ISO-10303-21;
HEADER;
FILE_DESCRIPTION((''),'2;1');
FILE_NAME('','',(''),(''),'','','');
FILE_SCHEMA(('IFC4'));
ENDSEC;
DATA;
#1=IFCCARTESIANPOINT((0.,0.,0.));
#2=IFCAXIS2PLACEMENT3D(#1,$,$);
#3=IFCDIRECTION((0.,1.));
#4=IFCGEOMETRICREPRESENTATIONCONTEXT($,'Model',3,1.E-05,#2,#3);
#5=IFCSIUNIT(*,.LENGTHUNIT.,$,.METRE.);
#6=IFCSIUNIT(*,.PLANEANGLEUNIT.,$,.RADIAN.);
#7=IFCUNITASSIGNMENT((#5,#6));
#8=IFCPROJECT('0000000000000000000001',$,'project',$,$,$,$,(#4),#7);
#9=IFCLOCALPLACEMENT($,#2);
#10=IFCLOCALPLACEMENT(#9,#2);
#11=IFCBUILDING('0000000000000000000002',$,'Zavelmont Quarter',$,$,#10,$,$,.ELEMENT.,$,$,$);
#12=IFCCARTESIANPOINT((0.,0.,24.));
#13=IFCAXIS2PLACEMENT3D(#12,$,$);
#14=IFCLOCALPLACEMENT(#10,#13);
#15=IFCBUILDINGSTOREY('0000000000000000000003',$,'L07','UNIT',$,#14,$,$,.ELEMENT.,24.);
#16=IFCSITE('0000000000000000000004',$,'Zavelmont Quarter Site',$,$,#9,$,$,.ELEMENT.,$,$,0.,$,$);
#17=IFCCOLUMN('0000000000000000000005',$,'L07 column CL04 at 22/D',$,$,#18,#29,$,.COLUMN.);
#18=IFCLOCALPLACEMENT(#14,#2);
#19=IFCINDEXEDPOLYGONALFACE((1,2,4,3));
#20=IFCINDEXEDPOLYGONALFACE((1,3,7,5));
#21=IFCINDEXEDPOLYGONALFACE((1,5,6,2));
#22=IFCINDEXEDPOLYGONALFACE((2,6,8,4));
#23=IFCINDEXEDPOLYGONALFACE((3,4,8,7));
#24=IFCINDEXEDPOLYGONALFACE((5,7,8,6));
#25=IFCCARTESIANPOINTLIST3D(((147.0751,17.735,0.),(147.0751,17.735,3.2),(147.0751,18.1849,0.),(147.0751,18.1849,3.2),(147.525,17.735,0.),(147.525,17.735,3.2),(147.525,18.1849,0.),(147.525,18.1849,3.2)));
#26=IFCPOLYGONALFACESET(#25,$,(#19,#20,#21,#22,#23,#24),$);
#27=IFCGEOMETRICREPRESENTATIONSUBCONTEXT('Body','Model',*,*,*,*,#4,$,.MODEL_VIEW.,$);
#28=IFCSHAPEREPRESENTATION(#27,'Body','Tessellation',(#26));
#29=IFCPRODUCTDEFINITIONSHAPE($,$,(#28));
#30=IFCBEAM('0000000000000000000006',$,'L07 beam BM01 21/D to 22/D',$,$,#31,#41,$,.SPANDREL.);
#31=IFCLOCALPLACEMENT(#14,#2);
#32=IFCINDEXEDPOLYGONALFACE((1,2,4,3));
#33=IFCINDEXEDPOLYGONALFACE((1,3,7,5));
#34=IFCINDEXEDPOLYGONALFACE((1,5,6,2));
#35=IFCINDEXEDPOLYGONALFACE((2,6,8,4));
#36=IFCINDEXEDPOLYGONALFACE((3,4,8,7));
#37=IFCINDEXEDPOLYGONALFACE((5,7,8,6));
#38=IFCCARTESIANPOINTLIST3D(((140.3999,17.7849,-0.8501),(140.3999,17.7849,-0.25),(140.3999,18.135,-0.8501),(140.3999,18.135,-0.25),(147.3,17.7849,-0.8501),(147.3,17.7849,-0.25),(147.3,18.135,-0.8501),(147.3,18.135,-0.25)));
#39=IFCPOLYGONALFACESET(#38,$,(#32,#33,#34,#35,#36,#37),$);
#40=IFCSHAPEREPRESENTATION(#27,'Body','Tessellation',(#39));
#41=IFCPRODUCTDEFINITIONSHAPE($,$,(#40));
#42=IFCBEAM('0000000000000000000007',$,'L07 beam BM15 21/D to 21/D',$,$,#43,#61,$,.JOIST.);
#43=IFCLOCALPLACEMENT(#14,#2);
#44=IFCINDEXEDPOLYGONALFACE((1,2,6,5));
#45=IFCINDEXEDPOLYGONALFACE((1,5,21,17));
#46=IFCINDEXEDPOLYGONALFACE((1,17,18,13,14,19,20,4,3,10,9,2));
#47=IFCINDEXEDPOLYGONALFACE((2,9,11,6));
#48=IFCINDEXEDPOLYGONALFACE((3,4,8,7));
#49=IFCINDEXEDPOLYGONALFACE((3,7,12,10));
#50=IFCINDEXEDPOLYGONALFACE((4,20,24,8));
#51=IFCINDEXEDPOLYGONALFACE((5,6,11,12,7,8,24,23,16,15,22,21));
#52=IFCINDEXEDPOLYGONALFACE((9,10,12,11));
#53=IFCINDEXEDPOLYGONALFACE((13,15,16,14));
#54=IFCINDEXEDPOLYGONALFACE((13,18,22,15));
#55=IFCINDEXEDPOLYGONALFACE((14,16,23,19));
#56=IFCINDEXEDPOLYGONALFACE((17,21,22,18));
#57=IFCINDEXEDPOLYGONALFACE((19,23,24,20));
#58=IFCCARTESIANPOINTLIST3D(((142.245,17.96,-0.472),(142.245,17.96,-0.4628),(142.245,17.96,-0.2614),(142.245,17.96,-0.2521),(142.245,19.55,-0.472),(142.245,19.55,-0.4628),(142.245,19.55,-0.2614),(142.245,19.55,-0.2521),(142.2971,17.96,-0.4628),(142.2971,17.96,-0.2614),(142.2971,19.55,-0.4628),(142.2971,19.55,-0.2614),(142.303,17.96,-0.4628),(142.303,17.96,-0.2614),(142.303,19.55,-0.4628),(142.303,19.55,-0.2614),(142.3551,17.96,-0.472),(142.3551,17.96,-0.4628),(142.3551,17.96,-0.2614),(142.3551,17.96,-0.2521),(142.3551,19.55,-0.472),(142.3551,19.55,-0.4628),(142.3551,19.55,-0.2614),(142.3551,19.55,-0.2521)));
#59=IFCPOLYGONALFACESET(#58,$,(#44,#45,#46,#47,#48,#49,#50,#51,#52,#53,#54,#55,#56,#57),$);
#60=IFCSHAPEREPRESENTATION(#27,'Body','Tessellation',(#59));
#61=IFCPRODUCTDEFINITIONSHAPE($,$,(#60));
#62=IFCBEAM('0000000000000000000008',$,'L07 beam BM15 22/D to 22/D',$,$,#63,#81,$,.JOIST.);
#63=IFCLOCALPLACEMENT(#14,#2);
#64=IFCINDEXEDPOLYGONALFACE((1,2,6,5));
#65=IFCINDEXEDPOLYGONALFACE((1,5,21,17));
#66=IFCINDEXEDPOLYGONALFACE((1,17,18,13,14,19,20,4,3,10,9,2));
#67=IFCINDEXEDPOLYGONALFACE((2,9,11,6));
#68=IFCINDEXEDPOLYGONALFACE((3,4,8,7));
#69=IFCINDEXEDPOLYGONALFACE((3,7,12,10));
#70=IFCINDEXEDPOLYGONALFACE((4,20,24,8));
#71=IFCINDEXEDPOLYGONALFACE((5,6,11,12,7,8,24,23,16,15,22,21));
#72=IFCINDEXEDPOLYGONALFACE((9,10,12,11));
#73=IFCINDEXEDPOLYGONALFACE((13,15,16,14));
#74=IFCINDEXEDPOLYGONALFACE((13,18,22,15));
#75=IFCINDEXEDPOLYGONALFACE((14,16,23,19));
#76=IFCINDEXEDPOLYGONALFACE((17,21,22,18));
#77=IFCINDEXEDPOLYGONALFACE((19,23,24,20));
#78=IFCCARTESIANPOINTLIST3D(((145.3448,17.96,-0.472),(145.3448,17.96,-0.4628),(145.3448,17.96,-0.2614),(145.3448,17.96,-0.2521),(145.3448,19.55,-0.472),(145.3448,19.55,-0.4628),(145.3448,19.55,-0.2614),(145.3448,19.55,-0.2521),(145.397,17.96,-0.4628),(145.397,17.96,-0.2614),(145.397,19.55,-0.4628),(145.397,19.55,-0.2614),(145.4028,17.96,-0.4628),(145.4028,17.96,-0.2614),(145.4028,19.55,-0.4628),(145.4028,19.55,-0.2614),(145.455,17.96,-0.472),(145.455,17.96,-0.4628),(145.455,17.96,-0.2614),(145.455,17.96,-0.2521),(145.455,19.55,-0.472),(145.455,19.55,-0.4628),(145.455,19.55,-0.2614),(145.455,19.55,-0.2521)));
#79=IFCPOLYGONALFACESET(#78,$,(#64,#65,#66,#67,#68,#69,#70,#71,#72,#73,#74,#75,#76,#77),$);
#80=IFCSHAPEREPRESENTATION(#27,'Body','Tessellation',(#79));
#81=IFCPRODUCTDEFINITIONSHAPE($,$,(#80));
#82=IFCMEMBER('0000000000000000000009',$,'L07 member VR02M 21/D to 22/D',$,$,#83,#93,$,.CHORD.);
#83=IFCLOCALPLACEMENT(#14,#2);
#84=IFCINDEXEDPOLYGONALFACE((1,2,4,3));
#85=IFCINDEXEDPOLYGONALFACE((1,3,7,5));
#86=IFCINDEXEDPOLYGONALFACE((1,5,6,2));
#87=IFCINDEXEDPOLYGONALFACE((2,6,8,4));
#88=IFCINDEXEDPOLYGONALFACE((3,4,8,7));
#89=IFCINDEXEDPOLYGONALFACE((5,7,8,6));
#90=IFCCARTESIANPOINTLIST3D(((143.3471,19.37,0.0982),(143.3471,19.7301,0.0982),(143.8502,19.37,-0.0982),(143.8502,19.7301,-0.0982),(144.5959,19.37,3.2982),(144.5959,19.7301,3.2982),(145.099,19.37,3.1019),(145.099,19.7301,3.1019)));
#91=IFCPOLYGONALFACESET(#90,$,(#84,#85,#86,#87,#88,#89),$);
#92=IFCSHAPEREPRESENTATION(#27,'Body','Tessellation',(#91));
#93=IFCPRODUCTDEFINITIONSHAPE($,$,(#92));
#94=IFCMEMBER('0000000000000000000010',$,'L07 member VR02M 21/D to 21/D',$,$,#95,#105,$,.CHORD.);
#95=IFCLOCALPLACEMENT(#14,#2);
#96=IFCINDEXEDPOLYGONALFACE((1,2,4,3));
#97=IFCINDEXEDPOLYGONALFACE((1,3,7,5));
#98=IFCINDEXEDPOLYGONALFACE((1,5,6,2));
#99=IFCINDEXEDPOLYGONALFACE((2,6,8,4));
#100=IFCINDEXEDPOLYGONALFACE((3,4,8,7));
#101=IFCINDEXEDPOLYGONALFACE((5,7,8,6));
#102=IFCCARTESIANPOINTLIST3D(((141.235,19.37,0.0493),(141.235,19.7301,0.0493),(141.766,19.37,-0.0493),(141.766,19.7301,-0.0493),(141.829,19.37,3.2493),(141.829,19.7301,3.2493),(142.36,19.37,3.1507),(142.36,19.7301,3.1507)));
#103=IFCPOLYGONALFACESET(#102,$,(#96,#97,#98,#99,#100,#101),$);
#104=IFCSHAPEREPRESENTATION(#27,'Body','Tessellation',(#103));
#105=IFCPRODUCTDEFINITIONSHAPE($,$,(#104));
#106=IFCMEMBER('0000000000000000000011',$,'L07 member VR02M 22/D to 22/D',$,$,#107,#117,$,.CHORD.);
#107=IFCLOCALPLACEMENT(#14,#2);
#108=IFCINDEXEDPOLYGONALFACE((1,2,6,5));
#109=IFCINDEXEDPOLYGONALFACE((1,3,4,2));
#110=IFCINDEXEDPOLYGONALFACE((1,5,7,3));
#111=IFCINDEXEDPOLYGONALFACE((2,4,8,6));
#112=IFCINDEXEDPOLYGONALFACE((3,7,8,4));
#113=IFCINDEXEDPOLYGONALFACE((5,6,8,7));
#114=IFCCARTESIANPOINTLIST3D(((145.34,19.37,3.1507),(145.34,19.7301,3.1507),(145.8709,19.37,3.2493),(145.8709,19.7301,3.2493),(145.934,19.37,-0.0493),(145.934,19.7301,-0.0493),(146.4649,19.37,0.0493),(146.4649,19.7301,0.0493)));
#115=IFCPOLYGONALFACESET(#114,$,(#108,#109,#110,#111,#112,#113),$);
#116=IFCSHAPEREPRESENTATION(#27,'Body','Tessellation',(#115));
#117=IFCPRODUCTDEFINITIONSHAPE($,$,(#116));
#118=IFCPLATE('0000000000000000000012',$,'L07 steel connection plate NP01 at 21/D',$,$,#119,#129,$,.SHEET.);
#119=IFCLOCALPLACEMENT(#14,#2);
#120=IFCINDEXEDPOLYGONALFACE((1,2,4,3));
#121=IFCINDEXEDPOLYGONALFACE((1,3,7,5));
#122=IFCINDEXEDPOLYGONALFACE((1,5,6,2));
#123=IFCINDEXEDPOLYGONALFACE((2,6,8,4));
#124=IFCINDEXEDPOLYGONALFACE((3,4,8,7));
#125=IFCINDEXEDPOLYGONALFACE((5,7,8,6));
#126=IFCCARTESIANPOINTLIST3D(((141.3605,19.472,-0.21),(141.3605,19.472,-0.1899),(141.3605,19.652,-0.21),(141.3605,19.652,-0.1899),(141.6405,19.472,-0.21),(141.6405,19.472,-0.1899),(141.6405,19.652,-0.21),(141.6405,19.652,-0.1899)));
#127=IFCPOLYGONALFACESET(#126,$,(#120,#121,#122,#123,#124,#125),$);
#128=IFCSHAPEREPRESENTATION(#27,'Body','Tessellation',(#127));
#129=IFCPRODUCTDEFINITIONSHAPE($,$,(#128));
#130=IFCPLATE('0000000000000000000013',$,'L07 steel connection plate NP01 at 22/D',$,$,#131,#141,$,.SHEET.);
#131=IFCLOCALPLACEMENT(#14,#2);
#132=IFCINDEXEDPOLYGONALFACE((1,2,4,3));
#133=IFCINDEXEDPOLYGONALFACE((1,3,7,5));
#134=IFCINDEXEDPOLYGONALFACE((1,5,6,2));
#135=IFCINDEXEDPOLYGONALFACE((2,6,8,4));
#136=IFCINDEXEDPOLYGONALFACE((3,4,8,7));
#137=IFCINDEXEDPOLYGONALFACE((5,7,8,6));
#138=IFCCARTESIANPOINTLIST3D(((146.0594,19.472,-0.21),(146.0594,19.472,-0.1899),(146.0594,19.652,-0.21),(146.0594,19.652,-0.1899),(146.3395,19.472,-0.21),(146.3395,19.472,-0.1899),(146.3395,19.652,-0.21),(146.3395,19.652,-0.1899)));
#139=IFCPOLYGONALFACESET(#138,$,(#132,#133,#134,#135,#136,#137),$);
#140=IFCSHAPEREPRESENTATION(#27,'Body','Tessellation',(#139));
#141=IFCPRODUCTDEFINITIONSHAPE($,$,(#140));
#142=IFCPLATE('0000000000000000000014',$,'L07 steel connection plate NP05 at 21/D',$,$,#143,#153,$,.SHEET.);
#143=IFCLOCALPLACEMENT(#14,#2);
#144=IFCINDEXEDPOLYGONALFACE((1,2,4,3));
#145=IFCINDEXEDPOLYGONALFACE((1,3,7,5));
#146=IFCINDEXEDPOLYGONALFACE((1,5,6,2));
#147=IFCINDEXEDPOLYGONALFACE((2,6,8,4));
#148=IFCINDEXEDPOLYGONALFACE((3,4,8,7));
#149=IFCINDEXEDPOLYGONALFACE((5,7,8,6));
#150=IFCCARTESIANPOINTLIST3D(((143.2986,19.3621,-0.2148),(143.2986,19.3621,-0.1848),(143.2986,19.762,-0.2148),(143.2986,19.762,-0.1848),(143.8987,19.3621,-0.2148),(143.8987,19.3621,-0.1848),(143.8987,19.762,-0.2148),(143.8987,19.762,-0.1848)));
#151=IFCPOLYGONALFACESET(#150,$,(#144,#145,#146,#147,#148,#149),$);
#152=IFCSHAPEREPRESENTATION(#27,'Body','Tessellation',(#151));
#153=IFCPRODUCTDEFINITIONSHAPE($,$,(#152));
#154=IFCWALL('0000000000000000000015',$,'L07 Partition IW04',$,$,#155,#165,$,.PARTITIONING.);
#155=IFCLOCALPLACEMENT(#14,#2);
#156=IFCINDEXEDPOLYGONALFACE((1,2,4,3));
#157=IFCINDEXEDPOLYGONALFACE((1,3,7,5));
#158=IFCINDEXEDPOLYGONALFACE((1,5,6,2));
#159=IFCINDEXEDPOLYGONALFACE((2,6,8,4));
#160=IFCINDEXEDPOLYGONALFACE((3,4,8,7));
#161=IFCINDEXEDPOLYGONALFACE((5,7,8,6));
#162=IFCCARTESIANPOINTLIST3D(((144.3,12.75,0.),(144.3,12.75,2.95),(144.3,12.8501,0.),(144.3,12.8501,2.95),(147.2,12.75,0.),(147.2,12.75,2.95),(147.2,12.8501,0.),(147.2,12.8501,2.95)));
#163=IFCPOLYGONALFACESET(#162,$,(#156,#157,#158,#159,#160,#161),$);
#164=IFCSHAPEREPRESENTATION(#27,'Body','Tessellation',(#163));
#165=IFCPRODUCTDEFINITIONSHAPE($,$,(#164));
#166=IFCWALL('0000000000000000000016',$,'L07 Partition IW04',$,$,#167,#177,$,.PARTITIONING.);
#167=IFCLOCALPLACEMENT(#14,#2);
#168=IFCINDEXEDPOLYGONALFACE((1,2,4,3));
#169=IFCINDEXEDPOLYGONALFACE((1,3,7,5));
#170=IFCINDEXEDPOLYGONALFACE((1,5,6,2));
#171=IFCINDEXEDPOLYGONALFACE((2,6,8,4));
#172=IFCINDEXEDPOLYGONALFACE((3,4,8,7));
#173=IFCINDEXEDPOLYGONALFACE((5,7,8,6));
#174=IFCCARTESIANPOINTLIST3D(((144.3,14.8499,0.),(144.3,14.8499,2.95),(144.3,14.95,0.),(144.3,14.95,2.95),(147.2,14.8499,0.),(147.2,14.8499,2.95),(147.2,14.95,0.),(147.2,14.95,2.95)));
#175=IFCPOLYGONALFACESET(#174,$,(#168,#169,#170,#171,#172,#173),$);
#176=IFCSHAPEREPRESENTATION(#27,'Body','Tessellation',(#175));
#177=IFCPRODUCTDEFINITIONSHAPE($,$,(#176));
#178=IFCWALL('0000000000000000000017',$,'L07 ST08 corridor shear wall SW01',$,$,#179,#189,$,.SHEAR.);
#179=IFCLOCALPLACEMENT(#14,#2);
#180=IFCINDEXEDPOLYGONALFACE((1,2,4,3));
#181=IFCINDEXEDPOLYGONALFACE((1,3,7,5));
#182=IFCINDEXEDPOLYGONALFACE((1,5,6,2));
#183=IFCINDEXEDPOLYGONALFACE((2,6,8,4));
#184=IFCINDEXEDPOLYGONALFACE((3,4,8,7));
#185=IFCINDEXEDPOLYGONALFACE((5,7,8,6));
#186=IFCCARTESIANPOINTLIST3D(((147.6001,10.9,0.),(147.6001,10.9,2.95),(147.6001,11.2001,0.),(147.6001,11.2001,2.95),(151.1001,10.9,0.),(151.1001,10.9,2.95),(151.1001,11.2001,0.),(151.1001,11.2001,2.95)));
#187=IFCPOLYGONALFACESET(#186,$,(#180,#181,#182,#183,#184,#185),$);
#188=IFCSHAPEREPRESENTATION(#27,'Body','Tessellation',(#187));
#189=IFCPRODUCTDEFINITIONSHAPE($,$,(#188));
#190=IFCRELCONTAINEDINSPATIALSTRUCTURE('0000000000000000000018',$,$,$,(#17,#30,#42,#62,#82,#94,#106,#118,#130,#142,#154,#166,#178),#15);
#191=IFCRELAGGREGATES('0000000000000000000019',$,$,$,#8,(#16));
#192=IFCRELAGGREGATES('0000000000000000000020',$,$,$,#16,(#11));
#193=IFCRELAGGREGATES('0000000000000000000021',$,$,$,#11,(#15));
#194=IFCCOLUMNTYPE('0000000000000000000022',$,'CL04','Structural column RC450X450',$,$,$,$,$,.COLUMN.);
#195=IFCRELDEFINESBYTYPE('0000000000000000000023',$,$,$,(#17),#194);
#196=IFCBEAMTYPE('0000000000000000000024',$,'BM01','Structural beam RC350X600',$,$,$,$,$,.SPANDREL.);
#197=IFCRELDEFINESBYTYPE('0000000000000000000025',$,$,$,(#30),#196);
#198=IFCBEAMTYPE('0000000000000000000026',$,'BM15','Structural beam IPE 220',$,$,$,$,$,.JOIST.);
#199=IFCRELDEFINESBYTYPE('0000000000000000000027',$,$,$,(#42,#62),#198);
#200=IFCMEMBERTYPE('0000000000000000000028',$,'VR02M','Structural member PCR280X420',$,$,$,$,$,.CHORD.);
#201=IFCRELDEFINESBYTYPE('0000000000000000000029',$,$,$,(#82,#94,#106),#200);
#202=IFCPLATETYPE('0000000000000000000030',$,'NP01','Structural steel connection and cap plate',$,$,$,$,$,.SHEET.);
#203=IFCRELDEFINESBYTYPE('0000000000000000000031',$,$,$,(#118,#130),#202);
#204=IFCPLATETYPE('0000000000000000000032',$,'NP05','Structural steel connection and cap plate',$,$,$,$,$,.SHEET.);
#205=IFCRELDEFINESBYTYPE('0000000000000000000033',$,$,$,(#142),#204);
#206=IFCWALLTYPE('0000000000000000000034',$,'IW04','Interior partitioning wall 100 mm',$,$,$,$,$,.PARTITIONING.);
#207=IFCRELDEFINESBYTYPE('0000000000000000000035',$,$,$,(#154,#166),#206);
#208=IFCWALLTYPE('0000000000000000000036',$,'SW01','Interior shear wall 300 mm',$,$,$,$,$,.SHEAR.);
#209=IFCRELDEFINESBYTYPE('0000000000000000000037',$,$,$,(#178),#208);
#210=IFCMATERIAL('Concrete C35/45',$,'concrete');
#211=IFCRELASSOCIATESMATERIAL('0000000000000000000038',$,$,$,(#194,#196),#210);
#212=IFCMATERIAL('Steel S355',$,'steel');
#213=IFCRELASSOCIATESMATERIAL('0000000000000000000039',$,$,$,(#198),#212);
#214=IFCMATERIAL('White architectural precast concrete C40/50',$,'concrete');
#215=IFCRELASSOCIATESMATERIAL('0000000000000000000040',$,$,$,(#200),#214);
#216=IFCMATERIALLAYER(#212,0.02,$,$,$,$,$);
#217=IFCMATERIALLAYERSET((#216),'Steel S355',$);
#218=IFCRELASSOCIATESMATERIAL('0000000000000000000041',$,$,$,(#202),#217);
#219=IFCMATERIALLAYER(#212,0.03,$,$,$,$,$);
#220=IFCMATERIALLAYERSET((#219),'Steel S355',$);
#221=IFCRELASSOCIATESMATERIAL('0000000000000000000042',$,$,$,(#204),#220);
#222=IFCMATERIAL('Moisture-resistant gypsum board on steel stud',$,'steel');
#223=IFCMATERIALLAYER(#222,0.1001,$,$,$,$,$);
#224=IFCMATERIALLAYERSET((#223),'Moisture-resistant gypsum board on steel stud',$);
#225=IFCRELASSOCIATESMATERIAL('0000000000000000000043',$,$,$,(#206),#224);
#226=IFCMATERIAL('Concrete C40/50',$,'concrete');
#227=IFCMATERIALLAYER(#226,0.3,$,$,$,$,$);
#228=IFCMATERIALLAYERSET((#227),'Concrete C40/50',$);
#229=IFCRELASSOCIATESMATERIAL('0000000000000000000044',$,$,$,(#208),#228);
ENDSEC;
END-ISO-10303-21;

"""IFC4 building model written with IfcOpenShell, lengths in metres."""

from ifc_helpers import new_model, si_unit, direction, frame, frame_2d, origin, origin_2d, place, context, subcontext, project, spatial, rectangle, i_section, extrude, material, layer, layer_set, material_profile, profile_set, type_object, element, save


model = new_model("IFC4")

# Units and contexts
model_context = context("Model", 3, precision=1e-05, world=origin(), true_north=direction((0.0, 1.0)))
body_context = subcontext(model_context, "Body", "Model", "MODEL_VIEW")
ifc_project = project(units=[si_unit("LENGTHUNIT", "METRE"), si_unit("PLANEANGLEUNIT", "RADIAN")], contexts=[model_context])

# Site, building, storey
site_placement = place(None, origin())
site = spatial("IfcSite", under=ifc_project, at=site_placement, Name="Zavelmont Quarter Site", CompositionType="ELEMENT", RefElevation=0.0)
building_placement = place(site_placement, origin())
building = spatial("IfcBuilding", under=site, at=building_placement, Name="Zavelmont Quarter", CompositionType="ELEMENT")
storey_placement = place(building_placement, frame((0.0, 0.0, 24.0)))
storey = spatial("IfcBuildingStorey", under=building, at=storey_placement, Name="L07", Description="UNIT", CompositionType="ELEMENT", Elevation=24.0)

# Column
ifc_material_1 = material(Name="Concrete C35/45", Category="concrete")
ifc_material_profile_1 = material_profile(ifc_material_1, rectangle(XDim=0.45, YDim=0.45, at=origin_2d()), Name="RC450X450")
ifc_profile_set_1 = profile_set([ifc_material_profile_1], Name="Concrete C35/45")
column_type = type_object("IfcColumnType", Name="CL04", Description="Structural column RC450X450", PredefinedType="COLUMN", material=ifc_profile_set_1)
column_placement = place(storey_placement, frame((147.3, 17.96, 0.0), z_axis=(0.0, 0.0, 1.0), x_axis=(1.0, 0.0, 0.0)))
element("IfcColumn", 1, at=column_placement, inside=storey, type_object=column_type, Name="L07 column CL04 at 22/D", PredefinedType="COLUMN", context=body_context, shape_type="SweptSolid", body=[
    extrude(rectangle(XDim=0.45, YDim=0.45, at=origin_2d()), origin(), (0.0, 0.0, 1.0), 3.2),
])

# Beams
ifc_material_profile_2 = material_profile(ifc_material_1, rectangle(XDim=0.3501, YDim=0.6001, at=origin_2d()), Name="RC350X600")
ifc_profile_set_2 = profile_set([ifc_material_profile_2], Name="Concrete C35/45")
beam_type_1 = type_object("IfcBeamType", Name="BM01", Description="Structural beam RC350X600", PredefinedType="SPANDREL", material=ifc_profile_set_2)
beam_placement = place(storey_placement, frame((140.3999, 17.96, -0.55), z_axis=(1.0, 0.0, 0.0), x_axis=(0.0, 1.0, 0.0)))
element("IfcBeam", 2, at=beam_placement, inside=storey, type_object=beam_type_1, Name="L07 beam BM01 21/D to 22/D", PredefinedType="SPANDREL", context=body_context, shape_type="SweptSolid", body=[
    extrude(rectangle(XDim=0.3501, YDim=0.6001, at=origin_2d()), origin(), (0.0, 0.0, 1.0), 6.9001),
])
ifc_material_2 = material(Name="Steel S355", Category="steel")
ifc_material_profile_3 = material_profile(ifc_material_2, i_section(OverallWidth=0.1101, OverallDepth=0.22, WebThickness=0.0059, FlangeThickness=0.0093, at=origin_2d()), Name="IPE 220")
ifc_profile_set_3 = profile_set([ifc_material_profile_3], Name="Steel S355")
beam_type_2 = type_object("IfcBeamType", Name="BM15", Description="Structural beam IPE 220", PredefinedType="JOIST", material=ifc_profile_set_3)
for number, where, z_axis, x_axis, name in (
    (3, (142.3, 17.96, -0.3621), (0.0, 1.0, 0.0), (-1.0, 0.0, 0.0), "L07 beam BM15 21/D to 21/D"),
    (4, (145.3999, 17.96, -0.3621), (0.0, 1.0, 0.0), (-1.0, 0.0, 0.0), "L07 beam BM15 22/D to 22/D"),
):
    element("IfcBeam", number, at=place(storey_placement, frame(where, z_axis=z_axis, x_axis=x_axis)), inside=storey, type_object=beam_type_2, Name=name, PredefinedType="JOIST", context=body_context, shape_type="SweptSolid", body=[
        extrude(i_section(OverallWidth=0.1101, OverallDepth=0.22, WebThickness=0.0059, FlangeThickness=0.0093, at=origin_2d()), origin(), (0.0, 0.0, 1.0), 1.5901),
    ])

# Members
ifc_material_3 = material(Name="White architectural precast concrete C40/50", Category="concrete")
ifc_material_profile_4 = material_profile(ifc_material_3, rectangle(XDim=0.3601, YDim=0.54, at=origin_2d()), Name="PCR280X420")
ifc_profile_set_4 = profile_set([ifc_material_profile_4], Name="White architectural precast concrete C40/50")
member_type = type_object("IfcMemberType", Name="VR02M", Description="Structural member PCR280X420", PredefinedType="CHORD", material=ifc_profile_set_4)
member_placement = place(storey_placement, frame((143.5986, 19.55, 0.0), z_axis=(0.363547, 0.0, 0.931576), x_axis=(0.0, 1.0, 0.0)))
element("IfcMember", 5, at=member_placement, inside=storey, type_object=member_type, Name="L07 member VR02M 21/D to 22/D", PredefinedType="CHORD", context=body_context, shape_type="SweptSolid", body=[
    extrude(rectangle(XDim=0.3601, YDim=0.54, at=origin_2d()), origin(), (0.0, 0.0, 1.0), 3.4351),
])
for number, where, z_axis, x_axis, name in (
    (6, (141.5005, 19.55, 0.0), (0.182508, 0.0, 0.983204), (0.0, 1.0, 0.0), "L07 member VR02M 21/D to 21/D"),
    (7, (146.1995, 19.55, 0.0), (-0.182508, 0.0, 0.983204), (0.0, -1.0, 0.0), "L07 member VR02M 22/D to 22/D"),
):
    element("IfcMember", number, at=place(storey_placement, frame(where, z_axis=z_axis, x_axis=x_axis)), inside=storey, type_object=member_type, Name=name, PredefinedType="CHORD", context=body_context, shape_type="SweptSolid", body=[
        extrude(rectangle(XDim=0.3601, YDim=0.54, at=origin_2d()), origin(), (0.0, 0.0, 1.0), 3.2546),
    ])

# Plates
ifc_layer_1 = layer(ifc_material_2, 0.02)
ifc_layer_set_1 = layer_set([ifc_layer_1], Name="Steel S355")
plate_type_1 = type_object("IfcPlateType", Name="NP01", Description="Structural steel connection and cap plate", PredefinedType="SHEET", material=ifc_layer_set_1)
for number, where, z_axis, x_axis, name in (
    (8, (141.5005, 19.562, -0.21), (0.0, 0.0, 1.0), (1.0, 0.0, 0.0), "L07 steel connection plate NP01 at 21/D"),
    (9, (146.1995, 19.562, -0.21), (0.0, 0.0, 1.0), (1.0, 0.0, 0.0), "L07 steel connection plate NP01 at 22/D"),
):
    element("IfcPlate", number, at=place(storey_placement, frame(where, z_axis=z_axis, x_axis=x_axis)), inside=storey, type_object=plate_type_1, Name=name, PredefinedType="SHEET", context=body_context, shape_type="SweptSolid", body=[
        extrude(rectangle(XDim=0.28, YDim=0.1799, at=origin_2d()), origin(), (0.0, 0.0, 1.0), 0.02),
    ])
ifc_layer_2 = layer(ifc_material_2, 0.03)
ifc_layer_set_2 = layer_set([ifc_layer_2], Name="Steel S355")
plate_type_2 = type_object("IfcPlateType", Name="NP05", Description="Structural steel connection and cap plate", PredefinedType="SHEET", material=ifc_layer_set_2)
plate_placement = place(storey_placement, frame((143.5986, 19.562, -0.2148), z_axis=(0.0, 0.0, 1.0), x_axis=(1.0, 0.0, 0.0)))
element("IfcPlate", 10, at=plate_placement, inside=storey, type_object=plate_type_2, Name="L07 steel connection plate NP05 at 21/D", PredefinedType="SHEET", context=body_context, shape_type="SweptSolid", body=[
    extrude(rectangle(XDim=0.6001, YDim=0.3999, at=origin_2d()), origin(), (0.0, 0.0, 1.0), 0.03),
])

# Walls
ifc_material_4 = material(Name="Moisture-resistant gypsum board on steel stud", Category="steel")
ifc_layer_3 = layer(ifc_material_4, 0.1001)
ifc_layer_set_3 = layer_set([ifc_layer_3], Name="Moisture-resistant gypsum board on steel stud")
wall_type_1 = type_object("IfcWallType", Name="IW04", Description="Interior partitioning wall 100 mm", PredefinedType="PARTITIONING", material=ifc_layer_set_3)
for number, where, z_axis, x_axis, name in (
    (11, (144.3, 12.8, 0.0), (0.0, 0.0, 1.0), (1.0, 0.0, 0.0), "L07 Partition IW04"),
    (12, (144.3, 14.8999, 0.0), (0.0, 0.0, 1.0), (1.0, 0.0, 0.0), "L07 Partition IW04"),
):
    element("IfcWall", number, at=place(storey_placement, frame(where, z_axis=z_axis, x_axis=x_axis)), inside=storey, type_object=wall_type_1, Name=name, PredefinedType="PARTITIONING", context=body_context, shape_type="SweptSolid", body=[
        extrude(rectangle(XDim=2.8999, YDim=0.1001, at=frame_2d((1.45, 0.0))), origin(), (0.0, 0.0, 1.0), 2.95),
    ])
ifc_material_5 = material(Name="Concrete C40/50", Category="concrete")
ifc_layer_4 = layer(ifc_material_5, 0.3)
ifc_layer_set_4 = layer_set([ifc_layer_4], Name="Concrete C40/50")
wall_type_2 = type_object("IfcWallType", Name="SW01", Description="Interior shear wall 300 mm", PredefinedType="SHEAR", material=ifc_layer_set_4)
wall_1_placement = place(storey_placement, frame((147.6001, 11.05, 0.0), z_axis=(0.0, 0.0, 1.0), x_axis=(1.0, 0.0, 0.0)))
element("IfcWall", 13, at=wall_1_placement, inside=storey, type_object=wall_type_2, Name="L07 ST08 corridor shear wall SW01", PredefinedType="SHEAR", context=body_context, shape_type="SweptSolid", body=[
    extrude(rectangle(XDim=3.5, YDim=0.3, at=frame_2d((1.75, 0.0))), origin(), (0.0, 0.0, 1.0), 2.95),
])

save(model, "model.ifc")
